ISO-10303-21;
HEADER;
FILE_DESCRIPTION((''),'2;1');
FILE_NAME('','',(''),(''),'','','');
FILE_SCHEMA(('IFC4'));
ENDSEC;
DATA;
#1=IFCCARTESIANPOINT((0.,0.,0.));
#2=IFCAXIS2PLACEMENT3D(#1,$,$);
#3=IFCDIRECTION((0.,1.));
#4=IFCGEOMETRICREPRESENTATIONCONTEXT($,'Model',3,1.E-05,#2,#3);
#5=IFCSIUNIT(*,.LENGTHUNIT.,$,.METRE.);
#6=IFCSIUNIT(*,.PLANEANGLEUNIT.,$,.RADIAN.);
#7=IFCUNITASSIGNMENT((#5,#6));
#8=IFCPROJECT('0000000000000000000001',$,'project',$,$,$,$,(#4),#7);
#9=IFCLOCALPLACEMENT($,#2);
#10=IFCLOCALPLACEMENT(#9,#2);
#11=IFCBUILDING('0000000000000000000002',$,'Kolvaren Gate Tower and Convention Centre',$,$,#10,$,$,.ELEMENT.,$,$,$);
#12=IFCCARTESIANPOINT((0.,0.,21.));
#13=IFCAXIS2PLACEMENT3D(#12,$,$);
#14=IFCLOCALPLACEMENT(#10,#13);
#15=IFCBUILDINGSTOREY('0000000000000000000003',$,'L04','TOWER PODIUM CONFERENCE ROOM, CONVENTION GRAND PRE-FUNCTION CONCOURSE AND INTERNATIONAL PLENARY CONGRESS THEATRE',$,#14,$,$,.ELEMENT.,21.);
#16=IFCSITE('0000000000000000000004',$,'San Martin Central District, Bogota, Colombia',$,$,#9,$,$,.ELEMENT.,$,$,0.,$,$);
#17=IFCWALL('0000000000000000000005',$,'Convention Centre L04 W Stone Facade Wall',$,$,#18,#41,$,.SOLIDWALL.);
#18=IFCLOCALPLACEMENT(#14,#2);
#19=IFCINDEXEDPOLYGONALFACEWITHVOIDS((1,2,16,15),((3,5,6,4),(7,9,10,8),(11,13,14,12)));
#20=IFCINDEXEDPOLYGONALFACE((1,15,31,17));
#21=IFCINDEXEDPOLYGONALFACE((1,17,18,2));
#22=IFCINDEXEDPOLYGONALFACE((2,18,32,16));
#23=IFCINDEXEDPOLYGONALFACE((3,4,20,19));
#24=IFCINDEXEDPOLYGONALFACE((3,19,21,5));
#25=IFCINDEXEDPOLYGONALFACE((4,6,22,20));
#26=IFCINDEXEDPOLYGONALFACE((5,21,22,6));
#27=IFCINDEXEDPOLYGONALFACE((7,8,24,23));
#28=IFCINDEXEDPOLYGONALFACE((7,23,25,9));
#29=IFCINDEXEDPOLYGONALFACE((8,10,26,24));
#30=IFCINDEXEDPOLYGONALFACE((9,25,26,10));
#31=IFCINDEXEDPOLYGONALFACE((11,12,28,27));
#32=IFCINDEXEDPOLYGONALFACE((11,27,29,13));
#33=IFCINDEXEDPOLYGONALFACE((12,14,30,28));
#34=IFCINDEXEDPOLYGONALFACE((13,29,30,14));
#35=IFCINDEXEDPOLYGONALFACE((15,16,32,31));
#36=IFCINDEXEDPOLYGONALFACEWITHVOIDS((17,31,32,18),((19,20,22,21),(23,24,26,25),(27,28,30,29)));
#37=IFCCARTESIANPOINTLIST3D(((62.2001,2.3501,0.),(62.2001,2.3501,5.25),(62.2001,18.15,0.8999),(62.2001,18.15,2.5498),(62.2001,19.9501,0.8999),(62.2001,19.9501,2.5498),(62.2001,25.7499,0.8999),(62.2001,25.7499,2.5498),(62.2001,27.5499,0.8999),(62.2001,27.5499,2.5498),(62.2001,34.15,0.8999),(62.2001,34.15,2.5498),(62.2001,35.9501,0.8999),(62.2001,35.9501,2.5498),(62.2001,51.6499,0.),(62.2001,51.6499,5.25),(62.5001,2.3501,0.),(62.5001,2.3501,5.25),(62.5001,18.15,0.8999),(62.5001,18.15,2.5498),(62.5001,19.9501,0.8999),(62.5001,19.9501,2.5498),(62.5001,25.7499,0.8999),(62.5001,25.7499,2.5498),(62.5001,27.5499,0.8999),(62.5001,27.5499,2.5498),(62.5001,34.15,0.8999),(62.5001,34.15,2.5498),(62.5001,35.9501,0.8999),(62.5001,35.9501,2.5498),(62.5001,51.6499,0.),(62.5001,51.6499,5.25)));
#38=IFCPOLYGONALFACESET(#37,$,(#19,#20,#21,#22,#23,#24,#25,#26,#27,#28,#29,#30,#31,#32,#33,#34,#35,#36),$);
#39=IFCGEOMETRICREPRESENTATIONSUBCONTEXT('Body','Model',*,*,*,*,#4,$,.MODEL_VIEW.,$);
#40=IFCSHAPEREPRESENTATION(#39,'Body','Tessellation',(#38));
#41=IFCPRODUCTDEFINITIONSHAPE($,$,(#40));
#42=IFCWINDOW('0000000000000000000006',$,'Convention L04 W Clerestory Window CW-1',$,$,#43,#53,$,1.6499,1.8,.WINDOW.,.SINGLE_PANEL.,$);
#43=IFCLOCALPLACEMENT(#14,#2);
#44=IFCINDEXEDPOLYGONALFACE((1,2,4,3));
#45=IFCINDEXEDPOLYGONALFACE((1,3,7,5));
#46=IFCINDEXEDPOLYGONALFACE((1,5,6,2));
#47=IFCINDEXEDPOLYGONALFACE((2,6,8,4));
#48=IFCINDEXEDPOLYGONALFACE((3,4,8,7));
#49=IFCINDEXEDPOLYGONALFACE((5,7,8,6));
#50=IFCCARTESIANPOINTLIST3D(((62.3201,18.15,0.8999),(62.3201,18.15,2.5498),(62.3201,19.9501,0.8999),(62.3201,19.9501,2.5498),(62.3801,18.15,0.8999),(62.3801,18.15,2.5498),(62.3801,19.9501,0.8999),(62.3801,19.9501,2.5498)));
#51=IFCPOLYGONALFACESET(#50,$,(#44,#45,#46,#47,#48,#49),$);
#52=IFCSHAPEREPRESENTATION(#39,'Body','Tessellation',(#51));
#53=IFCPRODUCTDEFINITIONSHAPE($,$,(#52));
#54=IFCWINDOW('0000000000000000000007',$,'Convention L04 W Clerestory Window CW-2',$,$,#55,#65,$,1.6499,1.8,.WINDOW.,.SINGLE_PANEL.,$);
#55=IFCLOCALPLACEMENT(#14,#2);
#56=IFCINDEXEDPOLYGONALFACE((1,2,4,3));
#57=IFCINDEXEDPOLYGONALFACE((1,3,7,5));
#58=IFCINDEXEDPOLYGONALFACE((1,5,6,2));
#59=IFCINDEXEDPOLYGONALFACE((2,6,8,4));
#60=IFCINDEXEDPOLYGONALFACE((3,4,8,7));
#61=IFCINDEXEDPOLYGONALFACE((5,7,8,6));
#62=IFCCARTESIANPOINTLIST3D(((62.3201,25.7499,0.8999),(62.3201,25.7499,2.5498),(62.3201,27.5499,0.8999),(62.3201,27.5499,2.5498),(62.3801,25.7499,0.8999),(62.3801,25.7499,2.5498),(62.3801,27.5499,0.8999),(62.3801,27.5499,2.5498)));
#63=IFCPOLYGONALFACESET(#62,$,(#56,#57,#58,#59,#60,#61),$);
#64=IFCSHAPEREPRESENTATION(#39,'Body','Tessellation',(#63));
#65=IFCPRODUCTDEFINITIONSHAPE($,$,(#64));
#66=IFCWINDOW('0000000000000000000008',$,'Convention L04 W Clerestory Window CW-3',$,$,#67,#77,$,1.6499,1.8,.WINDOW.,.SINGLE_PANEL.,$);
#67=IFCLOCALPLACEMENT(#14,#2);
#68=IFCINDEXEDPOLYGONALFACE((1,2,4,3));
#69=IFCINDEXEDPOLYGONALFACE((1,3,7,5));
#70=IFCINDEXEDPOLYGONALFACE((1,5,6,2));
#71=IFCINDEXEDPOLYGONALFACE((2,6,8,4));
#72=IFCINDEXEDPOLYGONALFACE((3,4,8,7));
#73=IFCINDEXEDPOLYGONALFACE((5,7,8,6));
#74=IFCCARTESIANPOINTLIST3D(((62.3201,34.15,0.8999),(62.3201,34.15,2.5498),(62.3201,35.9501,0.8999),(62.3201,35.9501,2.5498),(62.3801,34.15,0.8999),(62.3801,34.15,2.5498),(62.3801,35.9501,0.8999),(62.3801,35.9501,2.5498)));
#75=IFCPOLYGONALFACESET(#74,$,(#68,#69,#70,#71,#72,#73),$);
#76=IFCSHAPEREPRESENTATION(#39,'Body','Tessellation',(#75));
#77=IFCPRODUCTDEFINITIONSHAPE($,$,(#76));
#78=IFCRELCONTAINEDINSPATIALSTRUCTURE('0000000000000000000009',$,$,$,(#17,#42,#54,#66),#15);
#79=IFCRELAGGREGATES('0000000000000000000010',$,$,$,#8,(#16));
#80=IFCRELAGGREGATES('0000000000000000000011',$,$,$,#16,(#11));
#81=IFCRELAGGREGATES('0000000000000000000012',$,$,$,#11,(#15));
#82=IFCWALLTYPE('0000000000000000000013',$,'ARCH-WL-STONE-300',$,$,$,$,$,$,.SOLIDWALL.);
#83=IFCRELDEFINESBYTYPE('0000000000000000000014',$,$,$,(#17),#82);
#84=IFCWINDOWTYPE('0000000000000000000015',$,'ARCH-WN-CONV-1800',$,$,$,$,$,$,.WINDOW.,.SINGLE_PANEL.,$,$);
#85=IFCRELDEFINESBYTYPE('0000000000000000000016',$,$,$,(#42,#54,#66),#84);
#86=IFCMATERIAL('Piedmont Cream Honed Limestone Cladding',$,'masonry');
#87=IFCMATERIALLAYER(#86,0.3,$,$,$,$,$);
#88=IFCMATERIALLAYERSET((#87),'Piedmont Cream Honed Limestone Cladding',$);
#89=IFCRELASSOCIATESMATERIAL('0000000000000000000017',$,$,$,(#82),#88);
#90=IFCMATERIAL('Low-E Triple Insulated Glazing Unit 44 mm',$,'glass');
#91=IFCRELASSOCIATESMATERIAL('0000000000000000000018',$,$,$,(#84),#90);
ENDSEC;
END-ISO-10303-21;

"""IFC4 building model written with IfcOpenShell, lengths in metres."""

from ifc_helpers import new_model, si_unit, direction, frame, frame_2d, origin, place, context, subcontext, project, spatial, rectangle, extrude, material, layer, layer_set, type_object, element, fill, save


model = new_model("IFC4")

# Units and contexts
model_context = context("Model", 3, precision=1e-05, world=origin(), true_north=direction((0.0, 1.0)))
body_context = subcontext(model_context, "Body", "Model", "MODEL_VIEW")
ifc_project = project(units=[si_unit("LENGTHUNIT", "METRE"), si_unit("PLANEANGLEUNIT", "RADIAN")], contexts=[model_context])

# Site, building, storey
site_placement = place(None, origin())
site = spatial("IfcSite", under=ifc_project, at=site_placement, Name="San Martin Central District, Bogota, Colombia", CompositionType="ELEMENT", RefElevation=0.0)
building_placement = place(site_placement, origin())
building = spatial("IfcBuilding", under=site, at=building_placement, Name="Kolvaren Gate Tower and Convention Centre", CompositionType="ELEMENT")
storey_placement = place(building_placement, frame((0.0, 0.0, 21.0)))
storey = spatial("IfcBuildingStorey", under=building, at=storey_placement, Name="L04", Description="TOWER PODIUM CONFERENCE ROOM, CONVENTION GRAND PRE-FUNCTION CONCOURSE AND INTERNATIONAL PLENARY CONGRESS THEATRE", CompositionType="ELEMENT", Elevation=21.0)

# Shared definitions
ifc_material_1 = material(Name="Low-E Triple Insulated Glazing Unit 44 mm", Category="glass")

# Wall, openings, windows
ifc_material_2 = material(Name="Piedmont Cream Honed Limestone Cladding", Category="masonry")
ifc_layer_1 = layer(ifc_material_2, 0.3)
ifc_layer_set_1 = layer_set([ifc_layer_1], Name="Piedmont Cream Honed Limestone Cladding")
wall_type_1 = type_object("IfcWallType", Name="ARCH-WL-STONE-300", PredefinedType="SOLIDWALL", material=ifc_layer_set_1)
window_type = type_object("IfcWindowType", Name="ARCH-WN-CONV-1800", PartitioningType="SINGLE_PANEL", PredefinedType="WINDOW", material=ifc_material_1)
wall_1_placement = place(storey_placement, frame((62.3501, 2.3501, 0.0), z_axis=(0.0, 0.0, 1.0), x_axis=(0.0, 1.0, 0.0)))
wall_1 = element("IfcWall", 1, at=wall_1_placement, inside=storey, type_object=wall_type_1, Name="Convention Centre L04 W Stone Facade Wall", PredefinedType="SOLIDWALL", context=body_context, shape_type="SweptSolid", body=[
    extrude(rectangle(XDim=49.2998, YDim=0.3, at=frame_2d((24.6499, 0.0))), origin(), (0.0, 0.0, 1.0), 5.25),
])
opening_1_placement = place(wall_1_placement, frame((15.8, 0.0, 0.8999)))
opening_1 = element("IfcOpeningElement", 2, at=opening_1_placement, cuts=wall_1, PredefinedType="OPENING", context=body_context, shape_type="SweptSolid", body=[
    extrude(rectangle(XDim=1.8, YDim=1.6499, at=frame_2d((0.8999, 0.825))), frame((0.0, 0.1599, 0.0), z_axis=(0.0, -1.0, 0.0), x_axis=(1.0, 0.0, 0.0)), (0.0, 0.0, 1.0), 0.3201),
])
opening_2_placement = place(wall_1_placement, frame((23.3999, 0.0, 0.8999)))
opening_2 = element("IfcOpeningElement", 3, at=opening_2_placement, cuts=wall_1, PredefinedType="OPENING", context=body_context, shape_type="SweptSolid", body=[
    extrude(rectangle(XDim=1.8, YDim=1.6499, at=frame_2d((0.8999, 0.825))), frame((0.0, 0.1599, 0.0), z_axis=(0.0, -1.0, 0.0), x_axis=(1.0, 0.0, 0.0)), (0.0, 0.0, 1.0), 0.3201),
])
opening_3_placement = place(wall_1_placement, frame((31.8, 0.0, 0.8999)))
opening_3 = element("IfcOpeningElement", 4, at=opening_3_placement, cuts=wall_1, PredefinedType="OPENING", context=body_context, shape_type="SweptSolid", body=[
    extrude(rectangle(XDim=1.8, YDim=1.6499, at=frame_2d((0.8999, 0.825))), frame((0.0, 0.1599, 0.0), z_axis=(0.0, -1.0, 0.0), x_axis=(1.0, 0.0, 0.0)), (0.0, 0.0, 1.0), 0.3201),
])
window_1_placement = place(opening_1_placement, origin())
window_1 = element("IfcWindow", 5, at=window_1_placement, inside=storey, type_object=window_type, Name="Convention L04 W Clerestory Window CW-1", OverallHeight=1.6499, OverallWidth=1.8, PartitioningType="SINGLE_PANEL", PredefinedType="WINDOW", context=body_context, shape_type="SweptSolid", body=[
    extrude(rectangle(XDim=1.8, YDim=1.6499, at=frame_2d((0.8999, 0.825))), frame((0.0, 0.03, 0.0), z_axis=(0.0, -1.0, 0.0), x_axis=(1.0, 0.0, 0.0)), (0.0, 0.0, 1.0), 0.0601),
])
fill(opening_1, window_1)
window_2_placement = place(opening_2_placement, origin())
window_2 = element("IfcWindow", 6, at=window_2_placement, inside=storey, type_object=window_type, Name="Convention L04 W Clerestory Window CW-2", OverallHeight=1.6499, OverallWidth=1.8, PartitioningType="SINGLE_PANEL", PredefinedType="WINDOW", context=body_context, shape_type="SweptSolid", body=[
    extrude(rectangle(XDim=1.8, YDim=1.6499, at=frame_2d((0.8999, 0.825))), frame((0.0, 0.03, 0.0), z_axis=(0.0, -1.0, 0.0), x_axis=(1.0, 0.0, 0.0)), (0.0, 0.0, 1.0), 0.0601),
])
fill(opening_2, window_2)
window_3_placement = place(opening_3_placement, origin())
window_3 = element("IfcWindow", 7, at=window_3_placement, inside=storey, type_object=window_type, Name="Convention L04 W Clerestory Window CW-3", OverallHeight=1.6499, OverallWidth=1.8, PartitioningType="SINGLE_PANEL", PredefinedType="WINDOW", context=body_context, shape_type="SweptSolid", body=[
    extrude(rectangle(XDim=1.8, YDim=1.6499, at=frame_2d((0.8999, 0.825))), frame((0.0, 0.03, 0.0), z_axis=(0.0, -1.0, 0.0), x_axis=(1.0, 0.0, 0.0)), (0.0, 0.0, 1.0), 0.0601),
])
fill(opening_3, window_3)

save(model, "model.ifc")
